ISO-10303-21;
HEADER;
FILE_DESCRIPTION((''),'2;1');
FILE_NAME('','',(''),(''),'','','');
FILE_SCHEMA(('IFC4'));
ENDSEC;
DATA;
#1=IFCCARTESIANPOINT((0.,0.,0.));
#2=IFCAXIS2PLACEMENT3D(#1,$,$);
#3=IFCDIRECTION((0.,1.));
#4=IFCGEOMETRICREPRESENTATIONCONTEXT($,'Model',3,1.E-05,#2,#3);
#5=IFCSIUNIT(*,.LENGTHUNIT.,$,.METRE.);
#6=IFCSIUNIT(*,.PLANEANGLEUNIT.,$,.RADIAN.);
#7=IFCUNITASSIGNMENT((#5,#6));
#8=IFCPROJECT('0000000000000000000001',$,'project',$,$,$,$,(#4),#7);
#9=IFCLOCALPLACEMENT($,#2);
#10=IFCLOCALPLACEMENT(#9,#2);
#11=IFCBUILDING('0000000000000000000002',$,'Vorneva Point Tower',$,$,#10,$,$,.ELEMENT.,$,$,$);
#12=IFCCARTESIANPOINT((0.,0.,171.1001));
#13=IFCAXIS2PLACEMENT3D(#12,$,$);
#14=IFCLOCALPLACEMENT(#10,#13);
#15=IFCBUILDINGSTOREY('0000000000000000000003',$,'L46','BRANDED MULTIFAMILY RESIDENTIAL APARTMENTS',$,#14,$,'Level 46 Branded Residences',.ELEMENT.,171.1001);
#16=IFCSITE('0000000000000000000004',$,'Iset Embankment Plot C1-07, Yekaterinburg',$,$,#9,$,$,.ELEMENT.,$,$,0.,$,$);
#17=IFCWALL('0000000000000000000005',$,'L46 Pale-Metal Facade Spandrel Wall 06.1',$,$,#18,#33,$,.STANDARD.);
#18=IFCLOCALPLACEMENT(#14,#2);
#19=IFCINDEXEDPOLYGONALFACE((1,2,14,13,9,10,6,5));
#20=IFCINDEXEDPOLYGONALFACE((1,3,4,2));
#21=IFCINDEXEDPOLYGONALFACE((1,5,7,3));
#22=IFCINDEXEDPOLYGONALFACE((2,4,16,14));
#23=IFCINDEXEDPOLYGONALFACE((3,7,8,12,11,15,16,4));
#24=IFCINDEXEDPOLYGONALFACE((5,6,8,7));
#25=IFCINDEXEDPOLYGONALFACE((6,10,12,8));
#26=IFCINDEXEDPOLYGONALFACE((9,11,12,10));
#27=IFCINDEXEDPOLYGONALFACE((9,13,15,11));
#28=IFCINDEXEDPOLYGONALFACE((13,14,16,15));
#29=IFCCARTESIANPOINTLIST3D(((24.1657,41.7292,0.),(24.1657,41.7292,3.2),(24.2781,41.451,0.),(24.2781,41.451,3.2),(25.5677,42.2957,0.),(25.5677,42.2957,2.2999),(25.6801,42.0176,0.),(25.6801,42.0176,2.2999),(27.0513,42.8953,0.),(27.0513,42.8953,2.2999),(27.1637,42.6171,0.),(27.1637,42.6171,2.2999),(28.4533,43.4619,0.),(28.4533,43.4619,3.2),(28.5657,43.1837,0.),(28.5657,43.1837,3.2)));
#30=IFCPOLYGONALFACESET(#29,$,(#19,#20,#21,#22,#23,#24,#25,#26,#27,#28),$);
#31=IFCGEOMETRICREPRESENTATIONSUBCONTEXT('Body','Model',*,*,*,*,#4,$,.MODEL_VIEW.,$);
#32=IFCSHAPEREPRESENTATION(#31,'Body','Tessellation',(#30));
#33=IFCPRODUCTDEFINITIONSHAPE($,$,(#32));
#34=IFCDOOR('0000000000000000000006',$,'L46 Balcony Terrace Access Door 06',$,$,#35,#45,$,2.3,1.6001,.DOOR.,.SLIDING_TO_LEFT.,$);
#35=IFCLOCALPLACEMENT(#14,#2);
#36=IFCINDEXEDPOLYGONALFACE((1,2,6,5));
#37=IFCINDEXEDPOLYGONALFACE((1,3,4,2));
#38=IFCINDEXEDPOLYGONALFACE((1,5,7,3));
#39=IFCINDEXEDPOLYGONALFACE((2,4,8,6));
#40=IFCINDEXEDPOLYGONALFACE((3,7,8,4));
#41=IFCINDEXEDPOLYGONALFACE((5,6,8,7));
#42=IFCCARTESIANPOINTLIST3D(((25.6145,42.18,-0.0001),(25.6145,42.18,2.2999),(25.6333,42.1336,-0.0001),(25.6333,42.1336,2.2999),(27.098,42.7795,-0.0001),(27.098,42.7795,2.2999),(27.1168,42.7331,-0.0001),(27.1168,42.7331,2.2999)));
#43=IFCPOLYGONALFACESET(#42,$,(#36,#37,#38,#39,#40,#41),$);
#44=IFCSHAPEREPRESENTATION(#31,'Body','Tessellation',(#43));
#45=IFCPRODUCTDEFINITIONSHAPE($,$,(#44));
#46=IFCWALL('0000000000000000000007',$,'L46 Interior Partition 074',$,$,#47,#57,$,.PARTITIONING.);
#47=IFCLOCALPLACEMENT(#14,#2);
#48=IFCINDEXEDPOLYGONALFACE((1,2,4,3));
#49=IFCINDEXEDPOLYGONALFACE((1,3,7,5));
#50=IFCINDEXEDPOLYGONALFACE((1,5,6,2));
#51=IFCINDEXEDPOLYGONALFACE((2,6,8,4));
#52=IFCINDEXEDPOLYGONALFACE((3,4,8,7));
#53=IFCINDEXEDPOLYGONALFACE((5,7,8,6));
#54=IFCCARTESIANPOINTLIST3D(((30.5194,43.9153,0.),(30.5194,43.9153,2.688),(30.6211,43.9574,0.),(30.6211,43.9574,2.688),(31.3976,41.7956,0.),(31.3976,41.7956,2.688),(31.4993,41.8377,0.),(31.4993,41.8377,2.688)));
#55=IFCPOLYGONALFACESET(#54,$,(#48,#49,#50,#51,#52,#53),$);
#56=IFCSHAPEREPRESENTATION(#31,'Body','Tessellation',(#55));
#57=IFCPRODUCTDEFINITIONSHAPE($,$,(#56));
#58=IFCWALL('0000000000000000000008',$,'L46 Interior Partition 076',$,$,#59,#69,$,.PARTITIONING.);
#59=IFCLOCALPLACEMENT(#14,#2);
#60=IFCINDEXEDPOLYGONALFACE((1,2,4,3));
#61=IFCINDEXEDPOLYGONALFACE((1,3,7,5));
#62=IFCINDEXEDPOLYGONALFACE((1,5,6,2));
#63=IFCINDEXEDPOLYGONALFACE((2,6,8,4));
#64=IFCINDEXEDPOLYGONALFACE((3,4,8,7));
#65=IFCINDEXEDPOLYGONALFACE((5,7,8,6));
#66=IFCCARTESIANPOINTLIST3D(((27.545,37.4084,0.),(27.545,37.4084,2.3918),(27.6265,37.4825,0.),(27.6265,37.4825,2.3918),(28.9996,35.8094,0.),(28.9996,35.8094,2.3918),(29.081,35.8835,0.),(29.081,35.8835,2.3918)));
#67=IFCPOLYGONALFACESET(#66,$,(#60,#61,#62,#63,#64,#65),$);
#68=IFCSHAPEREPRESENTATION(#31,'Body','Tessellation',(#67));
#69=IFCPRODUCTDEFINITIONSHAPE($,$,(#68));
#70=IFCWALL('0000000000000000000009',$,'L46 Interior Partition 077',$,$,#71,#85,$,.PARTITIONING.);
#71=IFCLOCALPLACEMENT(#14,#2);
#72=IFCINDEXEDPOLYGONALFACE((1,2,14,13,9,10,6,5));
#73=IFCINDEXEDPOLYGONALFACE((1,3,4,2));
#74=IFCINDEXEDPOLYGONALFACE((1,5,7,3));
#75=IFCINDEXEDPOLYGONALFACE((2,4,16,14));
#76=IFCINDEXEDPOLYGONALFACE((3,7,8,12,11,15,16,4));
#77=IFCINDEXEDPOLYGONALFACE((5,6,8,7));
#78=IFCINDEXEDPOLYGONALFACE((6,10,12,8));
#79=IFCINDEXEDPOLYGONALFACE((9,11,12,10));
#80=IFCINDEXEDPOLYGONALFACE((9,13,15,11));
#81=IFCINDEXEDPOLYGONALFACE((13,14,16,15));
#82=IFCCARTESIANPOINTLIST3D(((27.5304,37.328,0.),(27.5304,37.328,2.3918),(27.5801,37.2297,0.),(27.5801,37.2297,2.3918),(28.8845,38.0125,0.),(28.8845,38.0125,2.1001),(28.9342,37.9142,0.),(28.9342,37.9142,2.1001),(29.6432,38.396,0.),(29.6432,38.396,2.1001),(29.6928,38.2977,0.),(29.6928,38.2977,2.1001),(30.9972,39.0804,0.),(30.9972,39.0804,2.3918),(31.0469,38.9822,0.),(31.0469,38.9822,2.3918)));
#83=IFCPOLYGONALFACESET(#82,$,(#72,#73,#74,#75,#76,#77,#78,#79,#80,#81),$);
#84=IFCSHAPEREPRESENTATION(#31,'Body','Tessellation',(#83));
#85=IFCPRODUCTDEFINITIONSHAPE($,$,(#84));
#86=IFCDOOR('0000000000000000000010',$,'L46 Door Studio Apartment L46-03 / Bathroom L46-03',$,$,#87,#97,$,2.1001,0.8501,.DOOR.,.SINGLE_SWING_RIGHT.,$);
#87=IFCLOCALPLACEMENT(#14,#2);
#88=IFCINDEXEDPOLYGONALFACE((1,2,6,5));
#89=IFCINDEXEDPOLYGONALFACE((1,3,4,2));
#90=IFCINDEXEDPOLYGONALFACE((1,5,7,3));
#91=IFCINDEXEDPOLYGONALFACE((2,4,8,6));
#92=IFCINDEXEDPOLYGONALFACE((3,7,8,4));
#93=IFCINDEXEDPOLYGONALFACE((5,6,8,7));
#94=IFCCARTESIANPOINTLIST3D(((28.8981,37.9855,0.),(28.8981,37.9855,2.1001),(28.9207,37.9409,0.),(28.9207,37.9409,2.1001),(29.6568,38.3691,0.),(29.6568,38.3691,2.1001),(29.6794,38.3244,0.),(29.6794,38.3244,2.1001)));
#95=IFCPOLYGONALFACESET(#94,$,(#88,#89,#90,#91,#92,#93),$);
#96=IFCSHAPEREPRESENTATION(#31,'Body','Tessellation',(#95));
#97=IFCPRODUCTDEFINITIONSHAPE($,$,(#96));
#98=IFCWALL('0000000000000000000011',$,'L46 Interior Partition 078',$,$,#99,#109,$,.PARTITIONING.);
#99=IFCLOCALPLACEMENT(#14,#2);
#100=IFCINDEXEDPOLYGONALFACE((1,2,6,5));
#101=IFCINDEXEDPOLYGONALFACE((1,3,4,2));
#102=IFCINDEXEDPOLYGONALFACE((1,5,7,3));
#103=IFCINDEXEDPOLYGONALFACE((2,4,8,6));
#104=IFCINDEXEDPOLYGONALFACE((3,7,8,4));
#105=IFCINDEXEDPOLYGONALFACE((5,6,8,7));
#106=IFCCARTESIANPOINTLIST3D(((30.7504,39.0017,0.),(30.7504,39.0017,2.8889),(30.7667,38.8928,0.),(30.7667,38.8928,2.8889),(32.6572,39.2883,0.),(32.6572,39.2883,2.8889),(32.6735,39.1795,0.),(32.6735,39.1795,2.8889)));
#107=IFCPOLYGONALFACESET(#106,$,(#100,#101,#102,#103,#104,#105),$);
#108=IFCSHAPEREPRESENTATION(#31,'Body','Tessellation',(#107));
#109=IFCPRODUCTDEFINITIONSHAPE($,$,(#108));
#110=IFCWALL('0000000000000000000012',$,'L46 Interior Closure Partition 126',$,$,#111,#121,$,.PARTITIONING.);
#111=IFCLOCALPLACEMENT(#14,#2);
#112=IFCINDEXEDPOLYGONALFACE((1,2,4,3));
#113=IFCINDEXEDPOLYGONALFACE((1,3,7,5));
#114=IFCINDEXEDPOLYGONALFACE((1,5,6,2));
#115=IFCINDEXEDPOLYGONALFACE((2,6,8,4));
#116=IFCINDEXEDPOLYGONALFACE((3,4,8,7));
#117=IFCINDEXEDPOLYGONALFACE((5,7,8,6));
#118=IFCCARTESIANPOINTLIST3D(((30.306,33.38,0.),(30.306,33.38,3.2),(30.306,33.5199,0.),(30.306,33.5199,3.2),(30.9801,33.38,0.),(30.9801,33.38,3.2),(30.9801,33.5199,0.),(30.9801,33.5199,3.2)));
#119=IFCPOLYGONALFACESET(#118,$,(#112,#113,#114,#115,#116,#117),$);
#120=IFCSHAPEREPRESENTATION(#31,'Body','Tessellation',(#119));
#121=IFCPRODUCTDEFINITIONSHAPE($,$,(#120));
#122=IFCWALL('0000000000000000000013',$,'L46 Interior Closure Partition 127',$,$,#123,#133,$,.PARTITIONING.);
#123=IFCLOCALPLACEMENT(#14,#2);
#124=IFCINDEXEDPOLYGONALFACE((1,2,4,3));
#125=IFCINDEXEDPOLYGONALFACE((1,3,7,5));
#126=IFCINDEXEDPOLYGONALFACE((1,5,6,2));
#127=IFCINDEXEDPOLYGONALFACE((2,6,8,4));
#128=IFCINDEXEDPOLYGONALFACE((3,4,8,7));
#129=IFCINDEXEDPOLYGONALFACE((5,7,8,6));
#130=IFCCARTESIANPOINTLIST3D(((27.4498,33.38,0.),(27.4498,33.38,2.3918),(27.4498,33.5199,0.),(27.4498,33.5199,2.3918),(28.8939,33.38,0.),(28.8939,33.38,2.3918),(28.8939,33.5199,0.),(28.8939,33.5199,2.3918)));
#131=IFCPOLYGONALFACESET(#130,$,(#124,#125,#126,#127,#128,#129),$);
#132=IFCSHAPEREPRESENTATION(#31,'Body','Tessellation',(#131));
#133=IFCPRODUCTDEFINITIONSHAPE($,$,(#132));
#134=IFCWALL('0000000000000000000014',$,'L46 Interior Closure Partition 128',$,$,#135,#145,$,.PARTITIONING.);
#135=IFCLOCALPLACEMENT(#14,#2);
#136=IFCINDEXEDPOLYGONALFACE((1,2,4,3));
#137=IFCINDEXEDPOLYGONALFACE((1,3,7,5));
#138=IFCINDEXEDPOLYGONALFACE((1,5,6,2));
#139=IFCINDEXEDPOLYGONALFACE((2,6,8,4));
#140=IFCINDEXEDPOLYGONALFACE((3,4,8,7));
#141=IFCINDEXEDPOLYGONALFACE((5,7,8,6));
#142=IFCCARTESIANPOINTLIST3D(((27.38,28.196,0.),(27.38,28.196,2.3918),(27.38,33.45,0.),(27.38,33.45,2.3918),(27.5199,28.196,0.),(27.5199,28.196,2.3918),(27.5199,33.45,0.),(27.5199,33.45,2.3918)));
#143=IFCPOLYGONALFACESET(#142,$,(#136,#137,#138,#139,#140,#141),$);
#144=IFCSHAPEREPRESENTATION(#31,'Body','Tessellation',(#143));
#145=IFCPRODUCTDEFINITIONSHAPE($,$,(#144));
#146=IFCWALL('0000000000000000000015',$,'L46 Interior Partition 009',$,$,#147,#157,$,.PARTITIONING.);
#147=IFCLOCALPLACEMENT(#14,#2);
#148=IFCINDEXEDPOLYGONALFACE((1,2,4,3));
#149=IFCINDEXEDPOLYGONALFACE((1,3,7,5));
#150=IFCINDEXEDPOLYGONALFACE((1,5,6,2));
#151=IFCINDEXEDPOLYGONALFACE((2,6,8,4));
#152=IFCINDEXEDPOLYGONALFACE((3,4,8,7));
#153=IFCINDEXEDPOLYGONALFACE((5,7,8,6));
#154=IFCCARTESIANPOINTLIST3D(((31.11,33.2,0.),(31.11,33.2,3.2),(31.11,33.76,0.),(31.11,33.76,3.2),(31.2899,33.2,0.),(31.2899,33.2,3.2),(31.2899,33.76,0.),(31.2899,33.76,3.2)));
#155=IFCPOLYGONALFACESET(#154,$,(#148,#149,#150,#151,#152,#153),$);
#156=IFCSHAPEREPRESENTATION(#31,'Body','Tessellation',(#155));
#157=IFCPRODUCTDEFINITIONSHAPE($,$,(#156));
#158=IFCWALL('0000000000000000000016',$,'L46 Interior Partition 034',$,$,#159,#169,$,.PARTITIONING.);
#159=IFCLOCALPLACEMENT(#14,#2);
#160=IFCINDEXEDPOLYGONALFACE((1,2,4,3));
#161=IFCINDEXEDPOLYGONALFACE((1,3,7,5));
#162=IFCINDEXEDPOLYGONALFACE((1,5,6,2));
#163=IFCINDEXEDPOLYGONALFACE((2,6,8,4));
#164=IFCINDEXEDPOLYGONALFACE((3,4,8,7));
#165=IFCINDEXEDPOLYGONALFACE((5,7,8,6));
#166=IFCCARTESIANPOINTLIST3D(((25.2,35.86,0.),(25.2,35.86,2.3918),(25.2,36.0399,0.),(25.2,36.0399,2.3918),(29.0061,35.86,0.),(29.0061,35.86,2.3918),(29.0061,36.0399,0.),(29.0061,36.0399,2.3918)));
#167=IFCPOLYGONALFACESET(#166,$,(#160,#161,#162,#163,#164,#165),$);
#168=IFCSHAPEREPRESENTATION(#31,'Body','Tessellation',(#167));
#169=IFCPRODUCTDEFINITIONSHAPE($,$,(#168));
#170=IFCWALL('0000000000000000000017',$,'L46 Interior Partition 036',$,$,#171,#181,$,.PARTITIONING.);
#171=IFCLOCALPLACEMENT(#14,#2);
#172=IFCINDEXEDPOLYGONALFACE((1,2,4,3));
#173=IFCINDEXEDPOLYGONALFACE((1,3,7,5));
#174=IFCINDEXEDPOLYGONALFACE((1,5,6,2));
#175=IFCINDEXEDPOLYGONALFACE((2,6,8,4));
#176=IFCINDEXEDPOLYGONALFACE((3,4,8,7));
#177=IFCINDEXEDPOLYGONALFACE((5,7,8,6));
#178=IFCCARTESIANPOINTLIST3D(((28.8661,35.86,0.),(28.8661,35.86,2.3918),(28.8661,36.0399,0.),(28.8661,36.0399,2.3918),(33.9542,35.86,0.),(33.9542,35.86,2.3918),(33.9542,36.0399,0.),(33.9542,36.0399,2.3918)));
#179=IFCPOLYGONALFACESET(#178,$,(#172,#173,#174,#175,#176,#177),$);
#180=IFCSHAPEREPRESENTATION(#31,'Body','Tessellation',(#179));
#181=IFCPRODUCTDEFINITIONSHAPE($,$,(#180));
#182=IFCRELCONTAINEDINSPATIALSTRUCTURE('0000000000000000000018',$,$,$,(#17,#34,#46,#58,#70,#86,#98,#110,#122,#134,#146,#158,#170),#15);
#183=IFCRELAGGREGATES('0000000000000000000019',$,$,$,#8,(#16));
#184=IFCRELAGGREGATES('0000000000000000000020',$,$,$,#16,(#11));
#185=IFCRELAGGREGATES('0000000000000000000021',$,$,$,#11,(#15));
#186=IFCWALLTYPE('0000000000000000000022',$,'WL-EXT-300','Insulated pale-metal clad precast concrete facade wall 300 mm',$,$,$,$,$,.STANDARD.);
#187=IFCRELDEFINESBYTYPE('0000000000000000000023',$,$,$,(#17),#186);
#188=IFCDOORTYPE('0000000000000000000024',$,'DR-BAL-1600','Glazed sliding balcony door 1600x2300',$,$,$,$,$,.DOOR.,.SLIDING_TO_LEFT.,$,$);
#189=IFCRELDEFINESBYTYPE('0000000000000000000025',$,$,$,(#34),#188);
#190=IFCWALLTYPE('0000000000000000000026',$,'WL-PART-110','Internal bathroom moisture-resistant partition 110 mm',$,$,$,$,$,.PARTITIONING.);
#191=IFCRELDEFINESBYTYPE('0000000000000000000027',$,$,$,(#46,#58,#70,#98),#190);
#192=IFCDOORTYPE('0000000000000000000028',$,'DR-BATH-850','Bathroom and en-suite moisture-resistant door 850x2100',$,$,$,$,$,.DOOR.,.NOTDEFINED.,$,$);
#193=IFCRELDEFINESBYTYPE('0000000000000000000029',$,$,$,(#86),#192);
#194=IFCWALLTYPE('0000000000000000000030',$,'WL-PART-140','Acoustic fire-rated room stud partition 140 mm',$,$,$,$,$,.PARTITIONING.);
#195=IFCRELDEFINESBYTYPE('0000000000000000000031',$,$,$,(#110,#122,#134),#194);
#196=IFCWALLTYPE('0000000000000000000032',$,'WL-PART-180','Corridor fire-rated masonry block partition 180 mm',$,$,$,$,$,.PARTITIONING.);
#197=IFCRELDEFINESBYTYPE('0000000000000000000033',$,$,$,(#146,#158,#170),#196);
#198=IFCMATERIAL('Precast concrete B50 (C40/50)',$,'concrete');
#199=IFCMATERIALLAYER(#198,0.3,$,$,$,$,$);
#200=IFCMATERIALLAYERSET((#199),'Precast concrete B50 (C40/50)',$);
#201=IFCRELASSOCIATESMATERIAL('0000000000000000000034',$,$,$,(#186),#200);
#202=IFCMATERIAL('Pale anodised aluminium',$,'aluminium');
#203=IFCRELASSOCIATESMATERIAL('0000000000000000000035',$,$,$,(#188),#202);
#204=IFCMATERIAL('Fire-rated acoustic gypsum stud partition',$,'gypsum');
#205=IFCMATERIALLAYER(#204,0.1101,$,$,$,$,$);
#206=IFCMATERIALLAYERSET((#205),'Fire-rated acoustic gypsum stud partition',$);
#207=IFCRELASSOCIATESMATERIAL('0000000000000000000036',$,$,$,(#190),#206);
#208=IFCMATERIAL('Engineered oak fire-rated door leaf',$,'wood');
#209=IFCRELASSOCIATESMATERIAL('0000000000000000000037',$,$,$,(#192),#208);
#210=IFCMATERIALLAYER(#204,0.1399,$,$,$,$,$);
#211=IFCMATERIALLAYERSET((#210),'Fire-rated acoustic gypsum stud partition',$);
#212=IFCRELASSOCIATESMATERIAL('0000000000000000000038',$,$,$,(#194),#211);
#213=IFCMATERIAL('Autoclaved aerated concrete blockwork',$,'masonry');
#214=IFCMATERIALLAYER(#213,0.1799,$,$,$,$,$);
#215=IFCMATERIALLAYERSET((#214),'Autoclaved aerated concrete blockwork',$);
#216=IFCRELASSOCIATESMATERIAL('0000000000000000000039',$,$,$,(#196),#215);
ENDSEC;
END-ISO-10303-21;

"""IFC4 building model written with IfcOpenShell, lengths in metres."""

from ifc_helpers import new_model, si_unit, direction, frame, frame_2d, origin, place, context, subcontext, project, spatial, rectangle, extrude, material, layer, layer_set, type_object, element, fill, save


model = new_model("IFC4")

# Units and contexts
model_context = context("Model", 3, precision=1e-05, world=origin(), true_north=direction((0.0, 1.0)))
body_context = subcontext(model_context, "Body", "Model", "MODEL_VIEW")
ifc_project = project(units=[si_unit("LENGTHUNIT", "METRE"), si_unit("PLANEANGLEUNIT", "RADIAN")], contexts=[model_context])

# Site, building, storey
site_placement = place(None, origin())
site = spatial("IfcSite", under=ifc_project, at=site_placement, Name="Iset Embankment Plot C1-07, Yekaterinburg", CompositionType="ELEMENT", RefElevation=0.0)
building_placement = place(site_placement, origin())
building = spatial("IfcBuilding", under=site, at=building_placement, Name="Vorneva Point Tower", CompositionType="ELEMENT")
storey_placement = place(building_placement, frame((0.0, 0.0, 171.1001)))
storey = spatial("IfcBuildingStorey", under=building, at=storey_placement, Name="L46", Description="BRANDED MULTIFAMILY RESIDENTIAL APARTMENTS", LongName="Level 46 Branded Residences", CompositionType="ELEMENT", Elevation=171.1001)

# Shared definitions
ifc_material_1 = material(Name="Pale anodised aluminium", Category="aluminium")

# Wall, opening, door
ifc_material_2 = material(Name="Precast concrete B50 (C40/50)", Category="concrete")
ifc_layer_1 = layer(ifc_material_2, 0.3)
ifc_layer_set_1 = layer_set([ifc_layer_1], Name="Precast concrete B50 (C40/50)")
wall_type_1 = type_object("IfcWallType", Name="WL-EXT-300", Description="Insulated pale-metal clad precast concrete facade wall 300 mm", PredefinedType="STANDARD", material=ifc_layer_set_1)
wall_1_placement = place(storey_placement, frame((28.5095, 43.3228, 0.0), z_axis=(0.0, 0.0, 1.0), x_axis=(-0.927157, -0.374674, 0.0)))
wall_1 = element("IfcWall", 1, at=wall_1_placement, inside=storey, type_object=wall_type_1, Name="L46 Pale-Metal Facade Spandrel Wall 06.1", PredefinedType="STANDARD", context=body_context, shape_type="SweptSolid", body=[
    extrude(rectangle(XDim=4.6245, YDim=0.3, at=frame_2d((2.3123, 0.0))), origin(), (0.0, 0.0, 1.0), 3.2),
])
opening_1_placement = place(wall_1_placement, frame((1.5122, 0.0, 0.0)))
opening_1 = element("IfcOpeningElement", 2, at=opening_1_placement, cuts=wall_1, PredefinedType="OPENING", context=body_context, shape_type="SweptSolid", body=[
    extrude(rectangle(XDim=1.6001, YDim=2.3, at=frame_2d((0.8, 1.1499))), frame((0.0, 0.165, 0.0), z_axis=(0.0, -1.0, 0.0), x_axis=(1.0, 0.0, 0.0)), (0.0, 0.0, 1.0), 0.3298),
])
door_type_1 = type_object("IfcDoorType", Name="DR-BAL-1600", Description="Glazed sliding balcony door 1600x2300", OperationType="SLIDING_TO_LEFT", PredefinedType="DOOR", material=ifc_material_1)
door_1_placement = place(opening_1_placement, origin())
door_1 = element("IfcDoor", 3, at=door_1_placement, inside=storey, type_object=door_type_1, Name="L46 Balcony Terrace Access Door 06", OperationType="SLIDING_TO_LEFT", OverallHeight=2.3, OverallWidth=1.6001, PredefinedType="DOOR", context=body_context, shape_type="SweptSolid", body=[
    extrude(rectangle(XDim=1.6001, YDim=2.3, at=frame_2d((0.8, 1.1499))), frame((0.0, 0.0249, 0.0), z_axis=(0.0, -1.0, 0.0), x_axis=(1.0, 0.0, 0.0)), (0.0, 0.0, 1.0), 0.05),
])
fill(opening_1, door_1)

# Walls
ifc_material_3 = material(Name="Fire-rated acoustic gypsum stud partition", Category="gypsum")
ifc_layer_2 = layer(ifc_material_3, 0.1101)
ifc_layer_set_2 = layer_set([ifc_layer_2], Name="Fire-rated acoustic gypsum stud partition")
wall_type_2 = type_object("IfcWallType", Name="WL-PART-110", Description="Internal bathroom moisture-resistant partition 110 mm", PredefinedType="PARTITIONING", material=ifc_layer_set_2)
wall_2_placement = place(storey_placement, frame((31.4485, 41.8167, 0.0), z_axis=(0.0, 0.0, 1.0), x_axis=(-0.382756, 0.92385, 0.0)))
element("IfcWall", 4, at=wall_2_placement, inside=storey, type_object=wall_type_2, Name="L46 Interior Partition 074", PredefinedType="PARTITIONING", context=body_context, shape_type="SweptSolid", body=[
    extrude(rectangle(XDim=2.2944, YDim=0.1101, at=frame_2d((1.1472, 0.0))), origin(), (0.0, 0.0, 1.0), 2.688),
])
wall_3_placement = place(storey_placement, frame((29.0403, 35.8464, 0.0), z_axis=(0.0, 0.0, 1.0), x_axis=(-0.672886, 0.739746, 0.0)))
element("IfcWall", 5, at=wall_3_placement, inside=storey, type_object=wall_type_2, Name="L46 Interior Partition 076", PredefinedType="PARTITIONING", context=body_context, shape_type="SweptSolid", body=[
    extrude(rectangle(XDim=2.1616, YDim=0.1101, at=frame_2d((1.0808, 0.0))), origin(), (0.0, 0.0, 1.0), 2.3918),
])

# Wall, opening, door
wall_4_placement = place(storey_placement, frame((27.5552, 37.2788, 0.0), z_axis=(0.0, 0.0, 1.0), x_axis=(0.892458, 0.451131, 0.0)))
wall_4 = element("IfcWall", 6, at=wall_4_placement, inside=storey, type_object=wall_type_2, Name="L46 Interior Partition 077", PredefinedType="PARTITIONING", context=body_context, shape_type="SweptSolid", body=[
    extrude(rectangle(XDim=3.8845, YDim=0.1101, at=frame_2d((1.9424, 0.0))), origin(), (0.0, 0.0, 1.0), 2.3918),
])
opening_2_placement = place(wall_4_placement, frame((1.5173, 0.0, 0.0)))
opening_2 = element("IfcOpeningElement", 7, at=opening_2_placement, cuts=wall_4, PredefinedType="OPENING", context=body_context, shape_type="SweptSolid", body=[
    extrude(rectangle(XDim=0.8501, YDim=2.1001, at=frame_2d((0.425, 1.05))), frame((0.0, 0.0698, 0.0), z_axis=(0.0, -1.0, 0.0), x_axis=(1.0, 0.0, 0.0)), (0.0, 0.0, 1.0), 0.1399),
])
ifc_material_4 = material(Name="Engineered oak fire-rated door leaf", Category="wood")
door_type_2 = type_object("IfcDoorType", Name="DR-BATH-850", Description="Bathroom and en-suite moisture-resistant door 850x2100", OperationType="NOTDEFINED", PredefinedType="DOOR", material=ifc_material_4)
door_2_placement = place(opening_2_placement, origin())
door_2 = element("IfcDoor", 8, at=door_2_placement, inside=storey, type_object=door_type_2, Name="L46 Door Studio Apartment L46-03 / Bathroom L46-03", OperationType="SINGLE_SWING_RIGHT", OverallHeight=2.1001, OverallWidth=0.8501, PredefinedType="DOOR", context=body_context, shape_type="SweptSolid", body=[
    extrude(rectangle(XDim=0.8501, YDim=2.1001, at=frame_2d((0.425, 1.05))), frame((0.0, 0.0249, 0.0), z_axis=(0.0, -1.0, 0.0), x_axis=(1.0, 0.0, 0.0)), (0.0, 0.0, 1.0), 0.05),
])
fill(opening_2, door_2)

# Walls
wall_5_placement = place(storey_placement, frame((30.7585, 38.9473, 0.0), z_axis=(0.0, 0.0, 1.0), x_axis=(0.98889, 0.14865, 0.0)))
element("IfcWall", 9, at=wall_5_placement, inside=storey, type_object=wall_type_2, Name="L46 Interior Partition 078", PredefinedType="PARTITIONING", context=body_context, shape_type="SweptSolid", body=[
    extrude(rectangle(XDim=1.9282, YDim=0.1101, at=frame_2d((0.9641, 0.0))), origin(), (0.0, 0.0, 1.0), 2.8889),
])
ifc_layer_3 = layer(ifc_material_3, 0.1399)
ifc_layer_set_3 = layer_set([ifc_layer_3], Name="Fire-rated acoustic gypsum stud partition")
wall_type_3 = type_object("IfcWallType", Name="WL-PART-140", Description="Acoustic fire-rated room stud partition 140 mm", PredefinedType="PARTITIONING", material=ifc_layer_set_3)
wall_6_placement = place(storey_placement, frame((30.98, 33.45, 0.0), z_axis=(0.0, 0.0, 1.0), x_axis=(-1.0, 0.0, 0.0)))
element("IfcWall", 10, at=wall_6_placement, inside=storey, type_object=wall_type_3, Name="L46 Interior Closure Partition 126", PredefinedType="PARTITIONING", context=body_context, shape_type="SweptSolid", body=[
    extrude(rectangle(XDim=0.6741, YDim=0.1399, at=frame_2d((0.3369, 0.0))), origin(), (0.0, 0.0, 1.0), 3.2),
])
wall_7_placement = place(storey_placement, frame((28.894, 33.45, 0.0), z_axis=(0.0, 0.0, 1.0), x_axis=(-1.0, 0.0, 0.0)))
element("IfcWall", 11, at=wall_7_placement, inside=storey, type_object=wall_type_3, Name="L46 Interior Closure Partition 127", PredefinedType="PARTITIONING", context=body_context, shape_type="SweptSolid", body=[
    extrude(rectangle(XDim=1.4441, YDim=0.1399, at=frame_2d((0.7222, 0.0))), origin(), (0.0, 0.0, 1.0), 2.3918),
])
wall_8_placement = place(storey_placement, frame((27.45, 33.45, 0.0), z_axis=(0.0, 0.0, 1.0), x_axis=(0.0, -1.0, 0.0)))
element("IfcWall", 12, at=wall_8_placement, inside=storey, type_object=wall_type_3, Name="L46 Interior Closure Partition 128", PredefinedType="PARTITIONING", context=body_context, shape_type="SweptSolid", body=[
    extrude(rectangle(XDim=5.2539, YDim=0.1399, at=frame_2d((2.627, 0.0))), origin(), (0.0, 0.0, 1.0), 2.3918),
])

# Shared definitions
ifc_material_5 = material(Name="Autoclaved aerated concrete blockwork", Category="masonry")
ifc_layer_4 = layer(ifc_material_5, 0.1799)
ifc_layer_set_4 = layer_set([ifc_layer_4], Name="Autoclaved aerated concrete blockwork")
wall_type_4 = type_object("IfcWallType", Name="WL-PART-180", Description="Corridor fire-rated masonry block partition 180 mm", PredefinedType="PARTITIONING", material=ifc_layer_set_4)

# Walls
wall_9_placement = place(storey_placement, frame((31.2, 33.76, 0.0), z_axis=(0.0, 0.0, 1.0), x_axis=(0.0, -1.0, 0.0)))
element("IfcWall", 13, at=wall_9_placement, inside=storey, type_object=wall_type_4, Name="L46 Interior Partition 009", PredefinedType="PARTITIONING", context=body_context, shape_type="SweptSolid", body=[
    extrude(rectangle(XDim=0.5601, YDim=0.1799, at=frame_2d((0.28, 0.0))), origin(), (0.0, 0.0, 1.0), 3.2),
])
wall_10_placement = place(storey_placement, frame((29.0061, 35.95, 0.0), z_axis=(0.0, 0.0, 1.0), x_axis=(-1.0, 0.0, 0.0)))
element("IfcWall", 14, at=wall_10_placement, inside=storey, type_object=wall_type_4, Name="L46 Interior Partition 034", PredefinedType="PARTITIONING", context=body_context, shape_type="SweptSolid", body=[
    extrude(rectangle(XDim=3.8062, YDim=0.1799, at=frame_2d((1.9031, 0.0))), origin(), (0.0, 0.0, 1.0), 2.3918),
])
wall_11_placement = place(storey_placement, frame((33.9541, 35.95, 0.0), z_axis=(0.0, 0.0, 1.0), x_axis=(-1.0, 0.0, 0.0)))
element("IfcWall", 15, at=wall_11_placement, inside=storey, type_object=wall_type_4, Name="L46 Interior Partition 036", PredefinedType="PARTITIONING", context=body_context, shape_type="SweptSolid", body=[
    extrude(rectangle(XDim=5.0881, YDim=0.1799, at=frame_2d((2.5439, 0.0))), origin(), (0.0, 0.0, 1.0), 2.3918),
])

save(model, "model.ifc")
